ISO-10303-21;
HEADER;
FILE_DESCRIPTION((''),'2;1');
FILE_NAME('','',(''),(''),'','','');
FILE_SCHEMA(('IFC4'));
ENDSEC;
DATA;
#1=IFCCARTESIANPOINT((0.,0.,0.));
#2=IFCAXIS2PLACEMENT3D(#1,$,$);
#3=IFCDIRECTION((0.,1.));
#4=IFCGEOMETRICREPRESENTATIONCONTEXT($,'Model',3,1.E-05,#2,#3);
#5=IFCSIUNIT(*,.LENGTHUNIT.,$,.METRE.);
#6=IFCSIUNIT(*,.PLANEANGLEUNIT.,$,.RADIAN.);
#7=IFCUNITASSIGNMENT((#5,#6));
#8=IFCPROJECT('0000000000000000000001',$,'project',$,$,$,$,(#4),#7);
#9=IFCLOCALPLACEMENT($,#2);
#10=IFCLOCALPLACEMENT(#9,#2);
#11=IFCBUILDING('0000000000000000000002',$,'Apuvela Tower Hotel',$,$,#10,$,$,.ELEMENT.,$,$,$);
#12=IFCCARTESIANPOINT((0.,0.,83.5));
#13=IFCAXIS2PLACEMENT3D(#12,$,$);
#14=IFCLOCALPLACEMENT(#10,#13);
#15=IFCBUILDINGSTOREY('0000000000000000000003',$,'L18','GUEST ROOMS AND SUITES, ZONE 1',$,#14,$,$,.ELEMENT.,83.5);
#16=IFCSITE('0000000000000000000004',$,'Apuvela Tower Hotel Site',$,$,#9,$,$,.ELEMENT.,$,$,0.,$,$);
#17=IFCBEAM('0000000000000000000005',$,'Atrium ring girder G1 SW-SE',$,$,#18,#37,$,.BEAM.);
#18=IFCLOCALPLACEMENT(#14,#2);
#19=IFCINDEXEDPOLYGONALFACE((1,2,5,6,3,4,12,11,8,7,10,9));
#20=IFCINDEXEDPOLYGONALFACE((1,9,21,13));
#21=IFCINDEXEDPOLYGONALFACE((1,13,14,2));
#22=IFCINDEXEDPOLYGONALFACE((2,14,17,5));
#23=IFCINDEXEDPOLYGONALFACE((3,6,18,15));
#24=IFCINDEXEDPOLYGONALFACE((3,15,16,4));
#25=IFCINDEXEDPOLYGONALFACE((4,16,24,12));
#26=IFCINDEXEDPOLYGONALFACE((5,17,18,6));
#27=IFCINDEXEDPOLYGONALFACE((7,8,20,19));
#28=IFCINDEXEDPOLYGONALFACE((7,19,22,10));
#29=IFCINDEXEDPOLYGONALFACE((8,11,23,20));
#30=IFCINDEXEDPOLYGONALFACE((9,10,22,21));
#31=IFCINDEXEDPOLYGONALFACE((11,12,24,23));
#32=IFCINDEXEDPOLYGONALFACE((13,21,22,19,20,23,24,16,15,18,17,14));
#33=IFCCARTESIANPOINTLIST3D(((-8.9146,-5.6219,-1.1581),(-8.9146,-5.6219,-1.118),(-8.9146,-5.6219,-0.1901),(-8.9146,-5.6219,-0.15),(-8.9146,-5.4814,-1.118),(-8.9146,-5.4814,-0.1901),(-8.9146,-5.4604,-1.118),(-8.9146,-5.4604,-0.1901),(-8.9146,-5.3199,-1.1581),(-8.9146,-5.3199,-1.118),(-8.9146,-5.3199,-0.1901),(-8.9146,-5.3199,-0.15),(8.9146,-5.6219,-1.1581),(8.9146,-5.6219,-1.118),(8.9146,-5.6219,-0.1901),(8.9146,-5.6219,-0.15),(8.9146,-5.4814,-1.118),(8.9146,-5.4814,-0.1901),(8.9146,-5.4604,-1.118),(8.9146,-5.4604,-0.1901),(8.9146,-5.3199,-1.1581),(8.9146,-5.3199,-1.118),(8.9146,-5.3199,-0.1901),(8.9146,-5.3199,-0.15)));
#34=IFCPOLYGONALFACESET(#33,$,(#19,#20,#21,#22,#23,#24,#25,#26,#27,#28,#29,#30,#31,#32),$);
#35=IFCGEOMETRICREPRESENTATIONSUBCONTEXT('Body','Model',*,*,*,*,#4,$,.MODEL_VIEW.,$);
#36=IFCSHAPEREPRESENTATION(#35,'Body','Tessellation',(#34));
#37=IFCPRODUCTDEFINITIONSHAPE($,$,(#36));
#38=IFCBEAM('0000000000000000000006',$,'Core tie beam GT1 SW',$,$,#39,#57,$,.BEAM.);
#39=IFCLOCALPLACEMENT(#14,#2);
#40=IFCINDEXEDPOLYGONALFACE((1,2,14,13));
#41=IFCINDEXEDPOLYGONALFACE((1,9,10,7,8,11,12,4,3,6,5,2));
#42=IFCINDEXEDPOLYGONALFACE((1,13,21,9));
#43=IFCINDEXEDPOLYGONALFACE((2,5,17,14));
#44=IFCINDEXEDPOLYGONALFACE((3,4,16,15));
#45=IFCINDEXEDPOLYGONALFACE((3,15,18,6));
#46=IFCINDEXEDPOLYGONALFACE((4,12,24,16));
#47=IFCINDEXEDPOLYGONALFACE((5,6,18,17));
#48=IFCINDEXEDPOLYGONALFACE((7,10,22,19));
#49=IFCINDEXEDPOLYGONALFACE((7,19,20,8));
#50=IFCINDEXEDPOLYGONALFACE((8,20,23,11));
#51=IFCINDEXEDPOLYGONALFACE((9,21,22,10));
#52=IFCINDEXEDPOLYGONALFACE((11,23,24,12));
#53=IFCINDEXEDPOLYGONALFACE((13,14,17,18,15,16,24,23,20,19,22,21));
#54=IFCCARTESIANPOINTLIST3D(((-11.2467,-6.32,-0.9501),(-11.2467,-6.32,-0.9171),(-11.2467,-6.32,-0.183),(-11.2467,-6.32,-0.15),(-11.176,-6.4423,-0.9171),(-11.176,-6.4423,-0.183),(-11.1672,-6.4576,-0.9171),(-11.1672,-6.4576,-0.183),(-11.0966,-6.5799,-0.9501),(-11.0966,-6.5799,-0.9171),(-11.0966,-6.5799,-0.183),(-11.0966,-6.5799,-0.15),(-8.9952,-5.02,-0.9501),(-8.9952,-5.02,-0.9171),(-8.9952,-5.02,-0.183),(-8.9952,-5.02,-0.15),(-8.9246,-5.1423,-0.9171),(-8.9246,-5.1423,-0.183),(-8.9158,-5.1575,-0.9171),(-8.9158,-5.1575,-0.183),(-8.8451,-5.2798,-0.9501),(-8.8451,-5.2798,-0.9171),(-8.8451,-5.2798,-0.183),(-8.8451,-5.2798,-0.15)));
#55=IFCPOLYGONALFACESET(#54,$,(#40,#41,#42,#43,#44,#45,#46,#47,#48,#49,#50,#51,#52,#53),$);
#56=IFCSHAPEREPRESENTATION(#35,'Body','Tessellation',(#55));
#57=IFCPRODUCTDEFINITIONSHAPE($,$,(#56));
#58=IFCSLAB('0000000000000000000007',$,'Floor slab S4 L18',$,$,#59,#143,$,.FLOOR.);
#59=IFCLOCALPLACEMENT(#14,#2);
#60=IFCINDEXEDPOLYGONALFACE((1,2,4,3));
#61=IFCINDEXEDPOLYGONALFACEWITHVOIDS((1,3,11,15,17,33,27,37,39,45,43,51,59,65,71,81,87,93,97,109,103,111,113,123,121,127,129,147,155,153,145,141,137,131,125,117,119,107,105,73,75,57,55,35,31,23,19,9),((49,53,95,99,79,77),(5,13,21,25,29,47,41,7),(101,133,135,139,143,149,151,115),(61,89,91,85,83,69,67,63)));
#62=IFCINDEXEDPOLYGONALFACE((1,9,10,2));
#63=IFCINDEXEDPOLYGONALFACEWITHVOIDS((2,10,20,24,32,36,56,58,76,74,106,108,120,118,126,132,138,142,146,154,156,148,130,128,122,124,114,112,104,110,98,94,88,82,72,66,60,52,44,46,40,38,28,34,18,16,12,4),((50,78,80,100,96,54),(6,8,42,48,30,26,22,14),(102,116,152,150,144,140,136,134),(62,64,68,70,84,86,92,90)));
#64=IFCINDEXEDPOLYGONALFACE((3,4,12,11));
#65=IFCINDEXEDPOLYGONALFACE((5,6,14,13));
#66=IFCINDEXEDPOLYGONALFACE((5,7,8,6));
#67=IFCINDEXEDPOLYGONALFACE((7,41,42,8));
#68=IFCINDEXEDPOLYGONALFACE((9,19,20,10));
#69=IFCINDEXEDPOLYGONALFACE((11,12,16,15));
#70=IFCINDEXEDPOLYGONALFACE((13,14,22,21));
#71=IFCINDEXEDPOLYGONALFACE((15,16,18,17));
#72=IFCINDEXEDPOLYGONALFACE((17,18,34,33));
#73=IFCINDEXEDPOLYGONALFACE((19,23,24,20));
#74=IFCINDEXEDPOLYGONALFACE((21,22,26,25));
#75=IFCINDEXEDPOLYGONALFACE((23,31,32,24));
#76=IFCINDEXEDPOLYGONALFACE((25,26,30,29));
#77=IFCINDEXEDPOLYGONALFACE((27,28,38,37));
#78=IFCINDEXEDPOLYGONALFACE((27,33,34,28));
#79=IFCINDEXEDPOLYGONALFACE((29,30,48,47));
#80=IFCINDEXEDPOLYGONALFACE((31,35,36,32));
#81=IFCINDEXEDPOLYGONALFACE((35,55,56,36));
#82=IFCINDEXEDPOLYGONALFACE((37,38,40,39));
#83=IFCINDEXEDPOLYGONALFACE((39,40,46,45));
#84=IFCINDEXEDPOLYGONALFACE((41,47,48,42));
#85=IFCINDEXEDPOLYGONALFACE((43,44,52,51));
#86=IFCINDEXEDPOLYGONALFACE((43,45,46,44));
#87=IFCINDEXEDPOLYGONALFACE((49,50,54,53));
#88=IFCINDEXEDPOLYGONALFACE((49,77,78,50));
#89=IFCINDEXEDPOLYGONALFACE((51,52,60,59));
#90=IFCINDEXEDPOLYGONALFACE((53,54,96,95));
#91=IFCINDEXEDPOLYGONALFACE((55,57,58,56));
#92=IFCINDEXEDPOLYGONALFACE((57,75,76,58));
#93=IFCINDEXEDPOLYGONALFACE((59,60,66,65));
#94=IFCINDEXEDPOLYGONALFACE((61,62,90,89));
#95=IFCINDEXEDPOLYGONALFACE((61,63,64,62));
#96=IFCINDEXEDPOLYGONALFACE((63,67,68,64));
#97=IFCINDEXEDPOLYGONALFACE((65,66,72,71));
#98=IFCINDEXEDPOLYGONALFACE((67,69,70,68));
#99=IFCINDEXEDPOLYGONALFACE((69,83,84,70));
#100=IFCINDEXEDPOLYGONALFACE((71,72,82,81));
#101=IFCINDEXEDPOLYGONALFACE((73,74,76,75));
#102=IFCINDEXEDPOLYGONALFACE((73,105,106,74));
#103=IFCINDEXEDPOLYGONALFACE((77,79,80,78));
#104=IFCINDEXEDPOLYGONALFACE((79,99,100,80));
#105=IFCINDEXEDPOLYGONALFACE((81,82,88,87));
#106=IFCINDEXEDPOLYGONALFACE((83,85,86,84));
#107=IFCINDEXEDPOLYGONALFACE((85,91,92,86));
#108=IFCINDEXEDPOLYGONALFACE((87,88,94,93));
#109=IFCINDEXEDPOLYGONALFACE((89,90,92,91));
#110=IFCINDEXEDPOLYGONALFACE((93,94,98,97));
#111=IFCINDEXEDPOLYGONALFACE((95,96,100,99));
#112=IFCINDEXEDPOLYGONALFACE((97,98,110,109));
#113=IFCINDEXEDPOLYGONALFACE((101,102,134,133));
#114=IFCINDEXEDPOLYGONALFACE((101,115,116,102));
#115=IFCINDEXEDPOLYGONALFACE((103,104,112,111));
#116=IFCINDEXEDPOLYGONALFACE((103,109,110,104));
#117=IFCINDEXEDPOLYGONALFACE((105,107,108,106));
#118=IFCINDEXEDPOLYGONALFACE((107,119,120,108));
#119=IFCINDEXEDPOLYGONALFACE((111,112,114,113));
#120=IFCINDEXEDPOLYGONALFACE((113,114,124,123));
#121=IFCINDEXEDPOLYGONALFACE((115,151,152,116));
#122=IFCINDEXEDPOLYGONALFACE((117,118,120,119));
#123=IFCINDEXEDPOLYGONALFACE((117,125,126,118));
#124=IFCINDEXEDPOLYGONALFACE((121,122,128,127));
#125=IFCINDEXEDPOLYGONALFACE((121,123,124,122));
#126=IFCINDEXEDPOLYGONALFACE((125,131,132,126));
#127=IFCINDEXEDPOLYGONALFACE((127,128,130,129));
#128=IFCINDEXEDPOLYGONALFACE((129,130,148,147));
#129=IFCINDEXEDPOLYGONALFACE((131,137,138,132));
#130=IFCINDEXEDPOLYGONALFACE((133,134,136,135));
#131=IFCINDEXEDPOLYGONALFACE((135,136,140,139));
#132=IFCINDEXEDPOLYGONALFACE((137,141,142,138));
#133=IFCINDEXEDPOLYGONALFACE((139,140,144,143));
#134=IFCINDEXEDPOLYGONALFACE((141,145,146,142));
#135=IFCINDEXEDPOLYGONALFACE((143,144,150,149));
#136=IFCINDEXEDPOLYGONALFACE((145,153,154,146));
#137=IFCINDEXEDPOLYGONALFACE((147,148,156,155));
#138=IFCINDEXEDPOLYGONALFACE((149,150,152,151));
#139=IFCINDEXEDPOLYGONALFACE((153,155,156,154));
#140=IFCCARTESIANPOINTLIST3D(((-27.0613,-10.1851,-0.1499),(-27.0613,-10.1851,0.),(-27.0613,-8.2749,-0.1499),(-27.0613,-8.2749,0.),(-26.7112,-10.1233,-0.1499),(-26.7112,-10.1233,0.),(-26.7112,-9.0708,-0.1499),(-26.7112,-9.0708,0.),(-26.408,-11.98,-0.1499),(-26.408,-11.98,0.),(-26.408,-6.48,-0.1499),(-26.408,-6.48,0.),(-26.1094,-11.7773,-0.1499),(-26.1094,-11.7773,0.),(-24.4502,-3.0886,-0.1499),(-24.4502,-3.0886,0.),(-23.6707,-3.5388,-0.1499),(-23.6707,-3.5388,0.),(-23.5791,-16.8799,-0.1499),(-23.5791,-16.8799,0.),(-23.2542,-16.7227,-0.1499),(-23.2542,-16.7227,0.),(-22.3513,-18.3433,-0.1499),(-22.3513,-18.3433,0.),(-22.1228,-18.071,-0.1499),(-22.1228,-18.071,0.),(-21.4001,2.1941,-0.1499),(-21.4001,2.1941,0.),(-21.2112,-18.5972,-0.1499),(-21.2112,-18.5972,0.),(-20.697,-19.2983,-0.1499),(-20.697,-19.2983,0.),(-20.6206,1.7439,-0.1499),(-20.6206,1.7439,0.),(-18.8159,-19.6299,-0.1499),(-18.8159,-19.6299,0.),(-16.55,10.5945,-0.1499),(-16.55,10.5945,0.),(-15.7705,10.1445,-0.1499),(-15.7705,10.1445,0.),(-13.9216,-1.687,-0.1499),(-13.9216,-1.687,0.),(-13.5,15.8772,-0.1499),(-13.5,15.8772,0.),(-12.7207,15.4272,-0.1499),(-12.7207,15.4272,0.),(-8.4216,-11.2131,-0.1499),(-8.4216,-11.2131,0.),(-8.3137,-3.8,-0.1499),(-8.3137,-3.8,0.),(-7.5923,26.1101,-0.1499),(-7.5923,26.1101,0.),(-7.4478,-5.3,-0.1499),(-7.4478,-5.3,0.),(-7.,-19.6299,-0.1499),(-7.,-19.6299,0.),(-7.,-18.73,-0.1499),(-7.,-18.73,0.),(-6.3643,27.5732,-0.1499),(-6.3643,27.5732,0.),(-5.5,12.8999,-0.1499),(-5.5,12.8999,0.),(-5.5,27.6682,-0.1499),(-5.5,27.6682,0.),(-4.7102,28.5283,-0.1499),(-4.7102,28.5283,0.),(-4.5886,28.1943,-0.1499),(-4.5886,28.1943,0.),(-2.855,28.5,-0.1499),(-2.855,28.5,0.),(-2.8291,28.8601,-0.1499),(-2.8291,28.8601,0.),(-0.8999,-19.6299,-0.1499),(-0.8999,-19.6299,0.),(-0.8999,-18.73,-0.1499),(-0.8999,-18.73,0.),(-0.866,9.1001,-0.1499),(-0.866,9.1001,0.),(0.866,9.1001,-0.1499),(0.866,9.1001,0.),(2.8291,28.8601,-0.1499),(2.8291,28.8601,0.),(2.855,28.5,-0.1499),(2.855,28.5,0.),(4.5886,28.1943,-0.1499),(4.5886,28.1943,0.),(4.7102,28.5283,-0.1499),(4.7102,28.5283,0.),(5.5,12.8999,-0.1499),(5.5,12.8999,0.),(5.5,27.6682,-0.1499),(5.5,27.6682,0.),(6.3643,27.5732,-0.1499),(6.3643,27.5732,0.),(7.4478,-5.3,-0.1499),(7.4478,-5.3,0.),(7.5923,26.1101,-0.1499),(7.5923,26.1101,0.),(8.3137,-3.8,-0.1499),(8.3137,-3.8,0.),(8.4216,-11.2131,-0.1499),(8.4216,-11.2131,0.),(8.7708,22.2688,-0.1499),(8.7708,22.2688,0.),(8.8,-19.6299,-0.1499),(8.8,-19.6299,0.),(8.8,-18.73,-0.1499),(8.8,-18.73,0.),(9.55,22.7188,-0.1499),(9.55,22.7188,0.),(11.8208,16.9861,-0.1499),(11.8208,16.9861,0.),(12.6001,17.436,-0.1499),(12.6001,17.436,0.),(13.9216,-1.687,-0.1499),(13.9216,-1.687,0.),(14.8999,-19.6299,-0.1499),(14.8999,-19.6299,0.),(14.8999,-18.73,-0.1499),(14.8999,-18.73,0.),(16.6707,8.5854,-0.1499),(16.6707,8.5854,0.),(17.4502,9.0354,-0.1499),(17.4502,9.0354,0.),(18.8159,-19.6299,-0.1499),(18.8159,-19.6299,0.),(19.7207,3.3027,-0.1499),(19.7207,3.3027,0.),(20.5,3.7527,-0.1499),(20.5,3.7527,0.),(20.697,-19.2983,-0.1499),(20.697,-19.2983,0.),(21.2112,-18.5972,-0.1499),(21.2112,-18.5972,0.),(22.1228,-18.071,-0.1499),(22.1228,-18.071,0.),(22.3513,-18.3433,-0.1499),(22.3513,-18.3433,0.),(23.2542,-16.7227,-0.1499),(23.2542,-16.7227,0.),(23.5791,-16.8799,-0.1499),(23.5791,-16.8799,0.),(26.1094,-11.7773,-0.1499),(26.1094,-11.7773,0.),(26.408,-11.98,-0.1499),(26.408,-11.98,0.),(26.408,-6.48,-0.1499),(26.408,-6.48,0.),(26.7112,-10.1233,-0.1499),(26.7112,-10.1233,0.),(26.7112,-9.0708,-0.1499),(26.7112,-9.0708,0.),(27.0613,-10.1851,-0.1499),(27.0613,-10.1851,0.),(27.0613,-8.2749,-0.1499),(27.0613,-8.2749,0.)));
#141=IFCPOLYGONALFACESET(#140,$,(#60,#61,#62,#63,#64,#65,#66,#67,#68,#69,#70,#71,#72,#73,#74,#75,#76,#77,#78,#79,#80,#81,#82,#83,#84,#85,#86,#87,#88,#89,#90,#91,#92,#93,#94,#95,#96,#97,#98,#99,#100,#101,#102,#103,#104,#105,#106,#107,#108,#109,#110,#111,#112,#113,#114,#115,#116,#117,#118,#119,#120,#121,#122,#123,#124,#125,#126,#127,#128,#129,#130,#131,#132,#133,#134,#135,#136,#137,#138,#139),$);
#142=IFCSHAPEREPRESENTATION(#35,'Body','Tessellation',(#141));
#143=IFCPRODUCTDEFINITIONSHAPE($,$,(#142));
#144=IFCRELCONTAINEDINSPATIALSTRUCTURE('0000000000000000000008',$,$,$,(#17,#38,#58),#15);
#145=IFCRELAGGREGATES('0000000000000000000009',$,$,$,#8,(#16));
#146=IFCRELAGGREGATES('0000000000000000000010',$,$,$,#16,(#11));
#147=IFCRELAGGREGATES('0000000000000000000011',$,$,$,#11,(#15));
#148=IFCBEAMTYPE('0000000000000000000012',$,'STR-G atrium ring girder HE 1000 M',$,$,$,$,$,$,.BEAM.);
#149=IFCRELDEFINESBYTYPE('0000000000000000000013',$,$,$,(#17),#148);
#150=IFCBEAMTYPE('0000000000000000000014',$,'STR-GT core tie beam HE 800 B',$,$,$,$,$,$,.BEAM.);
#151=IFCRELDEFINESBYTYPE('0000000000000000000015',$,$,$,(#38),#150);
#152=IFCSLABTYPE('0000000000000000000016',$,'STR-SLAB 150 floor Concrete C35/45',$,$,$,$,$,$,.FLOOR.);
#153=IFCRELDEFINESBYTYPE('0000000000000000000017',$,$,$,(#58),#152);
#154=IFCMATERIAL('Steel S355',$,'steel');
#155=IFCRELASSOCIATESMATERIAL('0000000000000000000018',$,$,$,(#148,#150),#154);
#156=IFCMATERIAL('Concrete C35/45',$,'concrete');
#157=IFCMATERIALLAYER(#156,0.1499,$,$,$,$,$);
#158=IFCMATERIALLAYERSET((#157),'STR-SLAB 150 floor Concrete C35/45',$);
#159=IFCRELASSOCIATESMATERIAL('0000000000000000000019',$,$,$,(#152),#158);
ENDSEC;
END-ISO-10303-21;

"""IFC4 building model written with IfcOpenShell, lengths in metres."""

from ifc_helpers import new_model, si_unit, direction, frame, origin, origin_2d, place, context, subcontext, project, spatial, polyline, i_section, outline, extrude, material, layer, layer_set, material_profile, profile_set, type_object, element, save


model = new_model("IFC4")

# Units and contexts
model_context = context("Model", 3, precision=1e-05, world=origin(), true_north=direction((0.0, 1.0)))
body_context = subcontext(model_context, "Body", "Model", "MODEL_VIEW")
ifc_project = project(units=[si_unit("LENGTHUNIT", "METRE"), si_unit("PLANEANGLEUNIT", "RADIAN")], contexts=[model_context])

# Site, building, storey
site_placement = place(None, origin())
site = spatial("IfcSite", under=ifc_project, at=site_placement, Name="Apuvela Tower Hotel Site", CompositionType="ELEMENT", RefElevation=0.0)
building_placement = place(site_placement, origin())
building = spatial("IfcBuilding", under=site, at=building_placement, Name="Apuvela Tower Hotel", CompositionType="ELEMENT")
storey_placement = place(building_placement, frame((0.0, 0.0, 83.5)))
storey = spatial("IfcBuildingStorey", under=building, at=storey_placement, Name="L18", Description="GUEST ROOMS AND SUITES, ZONE 1", CompositionType="ELEMENT", Elevation=83.5)

# Beams
ifc_material_1 = material(Name="Steel S355", Category="steel")
ifc_material_profile_1 = material_profile(ifc_material_1, i_section(OverallWidth=0.302, OverallDepth=1.0081, WebThickness=0.021, FlangeThickness=0.04, at=origin_2d()), Name="HE 1000 M")
ifc_profile_set_1 = profile_set([ifc_material_profile_1], Name="Steel S355")
beam_type_1 = type_object("IfcBeamType", Name="STR-G atrium ring girder HE 1000 M", PredefinedType="BEAM", material=ifc_profile_set_1)
beam_1_placement = place(storey_placement, frame((-8.9146, -5.4709, -0.6541), z_axis=(1.0, 0.0, 0.0), x_axis=(0.0, 1.0, 0.0)))
element("IfcBeam", 1, at=beam_1_placement, inside=storey, type_object=beam_type_1, Name="Atrium ring girder G1 SW-SE", PredefinedType="BEAM", context=body_context, shape_type="SweptSolid", body=[
    extrude(i_section(OverallWidth=0.302, OverallDepth=1.0081, WebThickness=0.021, FlangeThickness=0.04, at=origin_2d()), origin(), (0.0, 0.0, 1.0), 17.8291),
])
ifc_material_profile_2 = material_profile(ifc_material_1, i_section(OverallWidth=0.3, OverallDepth=0.8, WebThickness=0.0176, FlangeThickness=0.033, at=origin_2d()), Name="HE 800 B")
ifc_profile_set_2 = profile_set([ifc_material_profile_2], Name="Steel S355")
beam_type_2 = type_object("IfcBeamType", Name="STR-GT core tie beam HE 800 B", PredefinedType="BEAM", material=ifc_profile_set_2)
beam_2_placement = place(storey_placement, frame((-11.1716, -6.45, -0.55), z_axis=(0.865998, 0.500048, 0.0), x_axis=(-0.500048, 0.865998, 0.0)))
element("IfcBeam", 2, at=beam_2_placement, inside=storey, type_object=beam_type_2, Name="Core tie beam GT1 SW", PredefinedType="BEAM", context=body_context, shape_type="SweptSolid", body=[
    extrude(i_section(OverallWidth=0.3, OverallDepth=0.8, WebThickness=0.0176, FlangeThickness=0.033, at=origin_2d()), origin(), (0.0, 0.0, 1.0), 2.5999),
])

# Slab
ifc_material_2 = material(Name="Concrete C35/45", Category="concrete")
ifc_layer_1 = layer(ifc_material_2, 0.1499)
ifc_layer_set_1 = layer_set([ifc_layer_1], Name="STR-SLAB 150 floor Concrete C35/45")
slab_type = type_object("IfcSlabType", Name="STR-SLAB 150 floor Concrete C35/45", PredefinedType="FLOOR", material=ifc_layer_set_1)
slab_placement = place(storey_placement, frame((0.0, 0.0, -0.1499)))
element("IfcSlab", 3, at=slab_placement, inside=storey, type_object=slab_type, Name="Floor slab S4 L18", PredefinedType="FLOOR", context=body_context, shape_type="SweptSolid", body=[
    extrude(outline(polyline([(-6.3643, 27.5732), (-4.7102, 28.5283), (-2.8291, 28.8601), (2.8291, 28.8601), (4.7102, 28.5283), (6.3643, 27.5732), (7.5923, 26.1101), (9.55, 22.7188), (8.7708, 22.2688), (11.8208, 16.9861), (12.6001, 17.436), (17.4502, 9.0354), (16.6707, 8.5854), (19.7207, 3.3027), (20.5, 3.7527), (26.408, -6.48), (27.0613, -8.2749), (27.0613, -10.1851), (26.408, -11.98), (23.5791, -16.8799), (22.3513, -18.3433), (20.697, -19.2983), (18.8159, -19.6299), (14.8999, -19.6299), (14.8999, -18.73), (8.8, -18.73), (8.8, -19.6299), (-0.8999, -19.6299), (-0.8999, -18.73), (-7.0, -18.73), (-7.0, -19.6299), (-18.8159, -19.6299), (-20.697, -19.2983), (-22.3513, -18.3433), (-23.5791, -16.8799), (-26.408, -11.98), (-27.0613, -10.1851), (-27.0613, -8.2749), (-26.408, -6.48), (-24.4502, -3.0886), (-23.6707, -3.5388), (-20.6206, 1.7439), (-21.4001, 2.1941), (-16.55, 10.5945), (-15.7705, 10.1445), (-12.7207, 15.4272), (-13.5, 15.8772), (-7.5923, 26.1101), (-6.3643, 27.5732)]), holes=[polyline([(0.866, 9.1001), (-0.866, 9.1001), (-8.3137, -3.8), (-7.4478, -5.3), (7.4478, -5.3), (8.3137, -3.8), (0.866, 9.1001)]), polyline([(-5.5, 12.8999), (-5.5, 27.6682), (-4.5886, 28.1943), (-2.855, 28.5), (2.855, 28.5), (4.5886, 28.1943), (5.5, 27.6682), (5.5, 12.8999), (-5.5, 12.8999)]), polyline([(-8.4216, -11.2131), (-21.2112, -18.5972), (-22.1228, -18.071), (-23.2542, -16.7227), (-26.1094, -11.7773), (-26.7112, -10.1233), (-26.7112, -9.0708), (-13.9216, -1.687), (-8.4216, -11.2131)]), polyline([(13.9216, -1.687), (26.7112, -9.0708), (26.7112, -10.1233), (26.1094, -11.7773), (23.2542, -16.7227), (22.1228, -18.071), (21.2112, -18.5972), (8.4216, -11.2131), (13.9216, -1.687)])]), origin(), (0.0, 0.0, 1.0), 0.1499),
])

save(model, "model.ifc")
